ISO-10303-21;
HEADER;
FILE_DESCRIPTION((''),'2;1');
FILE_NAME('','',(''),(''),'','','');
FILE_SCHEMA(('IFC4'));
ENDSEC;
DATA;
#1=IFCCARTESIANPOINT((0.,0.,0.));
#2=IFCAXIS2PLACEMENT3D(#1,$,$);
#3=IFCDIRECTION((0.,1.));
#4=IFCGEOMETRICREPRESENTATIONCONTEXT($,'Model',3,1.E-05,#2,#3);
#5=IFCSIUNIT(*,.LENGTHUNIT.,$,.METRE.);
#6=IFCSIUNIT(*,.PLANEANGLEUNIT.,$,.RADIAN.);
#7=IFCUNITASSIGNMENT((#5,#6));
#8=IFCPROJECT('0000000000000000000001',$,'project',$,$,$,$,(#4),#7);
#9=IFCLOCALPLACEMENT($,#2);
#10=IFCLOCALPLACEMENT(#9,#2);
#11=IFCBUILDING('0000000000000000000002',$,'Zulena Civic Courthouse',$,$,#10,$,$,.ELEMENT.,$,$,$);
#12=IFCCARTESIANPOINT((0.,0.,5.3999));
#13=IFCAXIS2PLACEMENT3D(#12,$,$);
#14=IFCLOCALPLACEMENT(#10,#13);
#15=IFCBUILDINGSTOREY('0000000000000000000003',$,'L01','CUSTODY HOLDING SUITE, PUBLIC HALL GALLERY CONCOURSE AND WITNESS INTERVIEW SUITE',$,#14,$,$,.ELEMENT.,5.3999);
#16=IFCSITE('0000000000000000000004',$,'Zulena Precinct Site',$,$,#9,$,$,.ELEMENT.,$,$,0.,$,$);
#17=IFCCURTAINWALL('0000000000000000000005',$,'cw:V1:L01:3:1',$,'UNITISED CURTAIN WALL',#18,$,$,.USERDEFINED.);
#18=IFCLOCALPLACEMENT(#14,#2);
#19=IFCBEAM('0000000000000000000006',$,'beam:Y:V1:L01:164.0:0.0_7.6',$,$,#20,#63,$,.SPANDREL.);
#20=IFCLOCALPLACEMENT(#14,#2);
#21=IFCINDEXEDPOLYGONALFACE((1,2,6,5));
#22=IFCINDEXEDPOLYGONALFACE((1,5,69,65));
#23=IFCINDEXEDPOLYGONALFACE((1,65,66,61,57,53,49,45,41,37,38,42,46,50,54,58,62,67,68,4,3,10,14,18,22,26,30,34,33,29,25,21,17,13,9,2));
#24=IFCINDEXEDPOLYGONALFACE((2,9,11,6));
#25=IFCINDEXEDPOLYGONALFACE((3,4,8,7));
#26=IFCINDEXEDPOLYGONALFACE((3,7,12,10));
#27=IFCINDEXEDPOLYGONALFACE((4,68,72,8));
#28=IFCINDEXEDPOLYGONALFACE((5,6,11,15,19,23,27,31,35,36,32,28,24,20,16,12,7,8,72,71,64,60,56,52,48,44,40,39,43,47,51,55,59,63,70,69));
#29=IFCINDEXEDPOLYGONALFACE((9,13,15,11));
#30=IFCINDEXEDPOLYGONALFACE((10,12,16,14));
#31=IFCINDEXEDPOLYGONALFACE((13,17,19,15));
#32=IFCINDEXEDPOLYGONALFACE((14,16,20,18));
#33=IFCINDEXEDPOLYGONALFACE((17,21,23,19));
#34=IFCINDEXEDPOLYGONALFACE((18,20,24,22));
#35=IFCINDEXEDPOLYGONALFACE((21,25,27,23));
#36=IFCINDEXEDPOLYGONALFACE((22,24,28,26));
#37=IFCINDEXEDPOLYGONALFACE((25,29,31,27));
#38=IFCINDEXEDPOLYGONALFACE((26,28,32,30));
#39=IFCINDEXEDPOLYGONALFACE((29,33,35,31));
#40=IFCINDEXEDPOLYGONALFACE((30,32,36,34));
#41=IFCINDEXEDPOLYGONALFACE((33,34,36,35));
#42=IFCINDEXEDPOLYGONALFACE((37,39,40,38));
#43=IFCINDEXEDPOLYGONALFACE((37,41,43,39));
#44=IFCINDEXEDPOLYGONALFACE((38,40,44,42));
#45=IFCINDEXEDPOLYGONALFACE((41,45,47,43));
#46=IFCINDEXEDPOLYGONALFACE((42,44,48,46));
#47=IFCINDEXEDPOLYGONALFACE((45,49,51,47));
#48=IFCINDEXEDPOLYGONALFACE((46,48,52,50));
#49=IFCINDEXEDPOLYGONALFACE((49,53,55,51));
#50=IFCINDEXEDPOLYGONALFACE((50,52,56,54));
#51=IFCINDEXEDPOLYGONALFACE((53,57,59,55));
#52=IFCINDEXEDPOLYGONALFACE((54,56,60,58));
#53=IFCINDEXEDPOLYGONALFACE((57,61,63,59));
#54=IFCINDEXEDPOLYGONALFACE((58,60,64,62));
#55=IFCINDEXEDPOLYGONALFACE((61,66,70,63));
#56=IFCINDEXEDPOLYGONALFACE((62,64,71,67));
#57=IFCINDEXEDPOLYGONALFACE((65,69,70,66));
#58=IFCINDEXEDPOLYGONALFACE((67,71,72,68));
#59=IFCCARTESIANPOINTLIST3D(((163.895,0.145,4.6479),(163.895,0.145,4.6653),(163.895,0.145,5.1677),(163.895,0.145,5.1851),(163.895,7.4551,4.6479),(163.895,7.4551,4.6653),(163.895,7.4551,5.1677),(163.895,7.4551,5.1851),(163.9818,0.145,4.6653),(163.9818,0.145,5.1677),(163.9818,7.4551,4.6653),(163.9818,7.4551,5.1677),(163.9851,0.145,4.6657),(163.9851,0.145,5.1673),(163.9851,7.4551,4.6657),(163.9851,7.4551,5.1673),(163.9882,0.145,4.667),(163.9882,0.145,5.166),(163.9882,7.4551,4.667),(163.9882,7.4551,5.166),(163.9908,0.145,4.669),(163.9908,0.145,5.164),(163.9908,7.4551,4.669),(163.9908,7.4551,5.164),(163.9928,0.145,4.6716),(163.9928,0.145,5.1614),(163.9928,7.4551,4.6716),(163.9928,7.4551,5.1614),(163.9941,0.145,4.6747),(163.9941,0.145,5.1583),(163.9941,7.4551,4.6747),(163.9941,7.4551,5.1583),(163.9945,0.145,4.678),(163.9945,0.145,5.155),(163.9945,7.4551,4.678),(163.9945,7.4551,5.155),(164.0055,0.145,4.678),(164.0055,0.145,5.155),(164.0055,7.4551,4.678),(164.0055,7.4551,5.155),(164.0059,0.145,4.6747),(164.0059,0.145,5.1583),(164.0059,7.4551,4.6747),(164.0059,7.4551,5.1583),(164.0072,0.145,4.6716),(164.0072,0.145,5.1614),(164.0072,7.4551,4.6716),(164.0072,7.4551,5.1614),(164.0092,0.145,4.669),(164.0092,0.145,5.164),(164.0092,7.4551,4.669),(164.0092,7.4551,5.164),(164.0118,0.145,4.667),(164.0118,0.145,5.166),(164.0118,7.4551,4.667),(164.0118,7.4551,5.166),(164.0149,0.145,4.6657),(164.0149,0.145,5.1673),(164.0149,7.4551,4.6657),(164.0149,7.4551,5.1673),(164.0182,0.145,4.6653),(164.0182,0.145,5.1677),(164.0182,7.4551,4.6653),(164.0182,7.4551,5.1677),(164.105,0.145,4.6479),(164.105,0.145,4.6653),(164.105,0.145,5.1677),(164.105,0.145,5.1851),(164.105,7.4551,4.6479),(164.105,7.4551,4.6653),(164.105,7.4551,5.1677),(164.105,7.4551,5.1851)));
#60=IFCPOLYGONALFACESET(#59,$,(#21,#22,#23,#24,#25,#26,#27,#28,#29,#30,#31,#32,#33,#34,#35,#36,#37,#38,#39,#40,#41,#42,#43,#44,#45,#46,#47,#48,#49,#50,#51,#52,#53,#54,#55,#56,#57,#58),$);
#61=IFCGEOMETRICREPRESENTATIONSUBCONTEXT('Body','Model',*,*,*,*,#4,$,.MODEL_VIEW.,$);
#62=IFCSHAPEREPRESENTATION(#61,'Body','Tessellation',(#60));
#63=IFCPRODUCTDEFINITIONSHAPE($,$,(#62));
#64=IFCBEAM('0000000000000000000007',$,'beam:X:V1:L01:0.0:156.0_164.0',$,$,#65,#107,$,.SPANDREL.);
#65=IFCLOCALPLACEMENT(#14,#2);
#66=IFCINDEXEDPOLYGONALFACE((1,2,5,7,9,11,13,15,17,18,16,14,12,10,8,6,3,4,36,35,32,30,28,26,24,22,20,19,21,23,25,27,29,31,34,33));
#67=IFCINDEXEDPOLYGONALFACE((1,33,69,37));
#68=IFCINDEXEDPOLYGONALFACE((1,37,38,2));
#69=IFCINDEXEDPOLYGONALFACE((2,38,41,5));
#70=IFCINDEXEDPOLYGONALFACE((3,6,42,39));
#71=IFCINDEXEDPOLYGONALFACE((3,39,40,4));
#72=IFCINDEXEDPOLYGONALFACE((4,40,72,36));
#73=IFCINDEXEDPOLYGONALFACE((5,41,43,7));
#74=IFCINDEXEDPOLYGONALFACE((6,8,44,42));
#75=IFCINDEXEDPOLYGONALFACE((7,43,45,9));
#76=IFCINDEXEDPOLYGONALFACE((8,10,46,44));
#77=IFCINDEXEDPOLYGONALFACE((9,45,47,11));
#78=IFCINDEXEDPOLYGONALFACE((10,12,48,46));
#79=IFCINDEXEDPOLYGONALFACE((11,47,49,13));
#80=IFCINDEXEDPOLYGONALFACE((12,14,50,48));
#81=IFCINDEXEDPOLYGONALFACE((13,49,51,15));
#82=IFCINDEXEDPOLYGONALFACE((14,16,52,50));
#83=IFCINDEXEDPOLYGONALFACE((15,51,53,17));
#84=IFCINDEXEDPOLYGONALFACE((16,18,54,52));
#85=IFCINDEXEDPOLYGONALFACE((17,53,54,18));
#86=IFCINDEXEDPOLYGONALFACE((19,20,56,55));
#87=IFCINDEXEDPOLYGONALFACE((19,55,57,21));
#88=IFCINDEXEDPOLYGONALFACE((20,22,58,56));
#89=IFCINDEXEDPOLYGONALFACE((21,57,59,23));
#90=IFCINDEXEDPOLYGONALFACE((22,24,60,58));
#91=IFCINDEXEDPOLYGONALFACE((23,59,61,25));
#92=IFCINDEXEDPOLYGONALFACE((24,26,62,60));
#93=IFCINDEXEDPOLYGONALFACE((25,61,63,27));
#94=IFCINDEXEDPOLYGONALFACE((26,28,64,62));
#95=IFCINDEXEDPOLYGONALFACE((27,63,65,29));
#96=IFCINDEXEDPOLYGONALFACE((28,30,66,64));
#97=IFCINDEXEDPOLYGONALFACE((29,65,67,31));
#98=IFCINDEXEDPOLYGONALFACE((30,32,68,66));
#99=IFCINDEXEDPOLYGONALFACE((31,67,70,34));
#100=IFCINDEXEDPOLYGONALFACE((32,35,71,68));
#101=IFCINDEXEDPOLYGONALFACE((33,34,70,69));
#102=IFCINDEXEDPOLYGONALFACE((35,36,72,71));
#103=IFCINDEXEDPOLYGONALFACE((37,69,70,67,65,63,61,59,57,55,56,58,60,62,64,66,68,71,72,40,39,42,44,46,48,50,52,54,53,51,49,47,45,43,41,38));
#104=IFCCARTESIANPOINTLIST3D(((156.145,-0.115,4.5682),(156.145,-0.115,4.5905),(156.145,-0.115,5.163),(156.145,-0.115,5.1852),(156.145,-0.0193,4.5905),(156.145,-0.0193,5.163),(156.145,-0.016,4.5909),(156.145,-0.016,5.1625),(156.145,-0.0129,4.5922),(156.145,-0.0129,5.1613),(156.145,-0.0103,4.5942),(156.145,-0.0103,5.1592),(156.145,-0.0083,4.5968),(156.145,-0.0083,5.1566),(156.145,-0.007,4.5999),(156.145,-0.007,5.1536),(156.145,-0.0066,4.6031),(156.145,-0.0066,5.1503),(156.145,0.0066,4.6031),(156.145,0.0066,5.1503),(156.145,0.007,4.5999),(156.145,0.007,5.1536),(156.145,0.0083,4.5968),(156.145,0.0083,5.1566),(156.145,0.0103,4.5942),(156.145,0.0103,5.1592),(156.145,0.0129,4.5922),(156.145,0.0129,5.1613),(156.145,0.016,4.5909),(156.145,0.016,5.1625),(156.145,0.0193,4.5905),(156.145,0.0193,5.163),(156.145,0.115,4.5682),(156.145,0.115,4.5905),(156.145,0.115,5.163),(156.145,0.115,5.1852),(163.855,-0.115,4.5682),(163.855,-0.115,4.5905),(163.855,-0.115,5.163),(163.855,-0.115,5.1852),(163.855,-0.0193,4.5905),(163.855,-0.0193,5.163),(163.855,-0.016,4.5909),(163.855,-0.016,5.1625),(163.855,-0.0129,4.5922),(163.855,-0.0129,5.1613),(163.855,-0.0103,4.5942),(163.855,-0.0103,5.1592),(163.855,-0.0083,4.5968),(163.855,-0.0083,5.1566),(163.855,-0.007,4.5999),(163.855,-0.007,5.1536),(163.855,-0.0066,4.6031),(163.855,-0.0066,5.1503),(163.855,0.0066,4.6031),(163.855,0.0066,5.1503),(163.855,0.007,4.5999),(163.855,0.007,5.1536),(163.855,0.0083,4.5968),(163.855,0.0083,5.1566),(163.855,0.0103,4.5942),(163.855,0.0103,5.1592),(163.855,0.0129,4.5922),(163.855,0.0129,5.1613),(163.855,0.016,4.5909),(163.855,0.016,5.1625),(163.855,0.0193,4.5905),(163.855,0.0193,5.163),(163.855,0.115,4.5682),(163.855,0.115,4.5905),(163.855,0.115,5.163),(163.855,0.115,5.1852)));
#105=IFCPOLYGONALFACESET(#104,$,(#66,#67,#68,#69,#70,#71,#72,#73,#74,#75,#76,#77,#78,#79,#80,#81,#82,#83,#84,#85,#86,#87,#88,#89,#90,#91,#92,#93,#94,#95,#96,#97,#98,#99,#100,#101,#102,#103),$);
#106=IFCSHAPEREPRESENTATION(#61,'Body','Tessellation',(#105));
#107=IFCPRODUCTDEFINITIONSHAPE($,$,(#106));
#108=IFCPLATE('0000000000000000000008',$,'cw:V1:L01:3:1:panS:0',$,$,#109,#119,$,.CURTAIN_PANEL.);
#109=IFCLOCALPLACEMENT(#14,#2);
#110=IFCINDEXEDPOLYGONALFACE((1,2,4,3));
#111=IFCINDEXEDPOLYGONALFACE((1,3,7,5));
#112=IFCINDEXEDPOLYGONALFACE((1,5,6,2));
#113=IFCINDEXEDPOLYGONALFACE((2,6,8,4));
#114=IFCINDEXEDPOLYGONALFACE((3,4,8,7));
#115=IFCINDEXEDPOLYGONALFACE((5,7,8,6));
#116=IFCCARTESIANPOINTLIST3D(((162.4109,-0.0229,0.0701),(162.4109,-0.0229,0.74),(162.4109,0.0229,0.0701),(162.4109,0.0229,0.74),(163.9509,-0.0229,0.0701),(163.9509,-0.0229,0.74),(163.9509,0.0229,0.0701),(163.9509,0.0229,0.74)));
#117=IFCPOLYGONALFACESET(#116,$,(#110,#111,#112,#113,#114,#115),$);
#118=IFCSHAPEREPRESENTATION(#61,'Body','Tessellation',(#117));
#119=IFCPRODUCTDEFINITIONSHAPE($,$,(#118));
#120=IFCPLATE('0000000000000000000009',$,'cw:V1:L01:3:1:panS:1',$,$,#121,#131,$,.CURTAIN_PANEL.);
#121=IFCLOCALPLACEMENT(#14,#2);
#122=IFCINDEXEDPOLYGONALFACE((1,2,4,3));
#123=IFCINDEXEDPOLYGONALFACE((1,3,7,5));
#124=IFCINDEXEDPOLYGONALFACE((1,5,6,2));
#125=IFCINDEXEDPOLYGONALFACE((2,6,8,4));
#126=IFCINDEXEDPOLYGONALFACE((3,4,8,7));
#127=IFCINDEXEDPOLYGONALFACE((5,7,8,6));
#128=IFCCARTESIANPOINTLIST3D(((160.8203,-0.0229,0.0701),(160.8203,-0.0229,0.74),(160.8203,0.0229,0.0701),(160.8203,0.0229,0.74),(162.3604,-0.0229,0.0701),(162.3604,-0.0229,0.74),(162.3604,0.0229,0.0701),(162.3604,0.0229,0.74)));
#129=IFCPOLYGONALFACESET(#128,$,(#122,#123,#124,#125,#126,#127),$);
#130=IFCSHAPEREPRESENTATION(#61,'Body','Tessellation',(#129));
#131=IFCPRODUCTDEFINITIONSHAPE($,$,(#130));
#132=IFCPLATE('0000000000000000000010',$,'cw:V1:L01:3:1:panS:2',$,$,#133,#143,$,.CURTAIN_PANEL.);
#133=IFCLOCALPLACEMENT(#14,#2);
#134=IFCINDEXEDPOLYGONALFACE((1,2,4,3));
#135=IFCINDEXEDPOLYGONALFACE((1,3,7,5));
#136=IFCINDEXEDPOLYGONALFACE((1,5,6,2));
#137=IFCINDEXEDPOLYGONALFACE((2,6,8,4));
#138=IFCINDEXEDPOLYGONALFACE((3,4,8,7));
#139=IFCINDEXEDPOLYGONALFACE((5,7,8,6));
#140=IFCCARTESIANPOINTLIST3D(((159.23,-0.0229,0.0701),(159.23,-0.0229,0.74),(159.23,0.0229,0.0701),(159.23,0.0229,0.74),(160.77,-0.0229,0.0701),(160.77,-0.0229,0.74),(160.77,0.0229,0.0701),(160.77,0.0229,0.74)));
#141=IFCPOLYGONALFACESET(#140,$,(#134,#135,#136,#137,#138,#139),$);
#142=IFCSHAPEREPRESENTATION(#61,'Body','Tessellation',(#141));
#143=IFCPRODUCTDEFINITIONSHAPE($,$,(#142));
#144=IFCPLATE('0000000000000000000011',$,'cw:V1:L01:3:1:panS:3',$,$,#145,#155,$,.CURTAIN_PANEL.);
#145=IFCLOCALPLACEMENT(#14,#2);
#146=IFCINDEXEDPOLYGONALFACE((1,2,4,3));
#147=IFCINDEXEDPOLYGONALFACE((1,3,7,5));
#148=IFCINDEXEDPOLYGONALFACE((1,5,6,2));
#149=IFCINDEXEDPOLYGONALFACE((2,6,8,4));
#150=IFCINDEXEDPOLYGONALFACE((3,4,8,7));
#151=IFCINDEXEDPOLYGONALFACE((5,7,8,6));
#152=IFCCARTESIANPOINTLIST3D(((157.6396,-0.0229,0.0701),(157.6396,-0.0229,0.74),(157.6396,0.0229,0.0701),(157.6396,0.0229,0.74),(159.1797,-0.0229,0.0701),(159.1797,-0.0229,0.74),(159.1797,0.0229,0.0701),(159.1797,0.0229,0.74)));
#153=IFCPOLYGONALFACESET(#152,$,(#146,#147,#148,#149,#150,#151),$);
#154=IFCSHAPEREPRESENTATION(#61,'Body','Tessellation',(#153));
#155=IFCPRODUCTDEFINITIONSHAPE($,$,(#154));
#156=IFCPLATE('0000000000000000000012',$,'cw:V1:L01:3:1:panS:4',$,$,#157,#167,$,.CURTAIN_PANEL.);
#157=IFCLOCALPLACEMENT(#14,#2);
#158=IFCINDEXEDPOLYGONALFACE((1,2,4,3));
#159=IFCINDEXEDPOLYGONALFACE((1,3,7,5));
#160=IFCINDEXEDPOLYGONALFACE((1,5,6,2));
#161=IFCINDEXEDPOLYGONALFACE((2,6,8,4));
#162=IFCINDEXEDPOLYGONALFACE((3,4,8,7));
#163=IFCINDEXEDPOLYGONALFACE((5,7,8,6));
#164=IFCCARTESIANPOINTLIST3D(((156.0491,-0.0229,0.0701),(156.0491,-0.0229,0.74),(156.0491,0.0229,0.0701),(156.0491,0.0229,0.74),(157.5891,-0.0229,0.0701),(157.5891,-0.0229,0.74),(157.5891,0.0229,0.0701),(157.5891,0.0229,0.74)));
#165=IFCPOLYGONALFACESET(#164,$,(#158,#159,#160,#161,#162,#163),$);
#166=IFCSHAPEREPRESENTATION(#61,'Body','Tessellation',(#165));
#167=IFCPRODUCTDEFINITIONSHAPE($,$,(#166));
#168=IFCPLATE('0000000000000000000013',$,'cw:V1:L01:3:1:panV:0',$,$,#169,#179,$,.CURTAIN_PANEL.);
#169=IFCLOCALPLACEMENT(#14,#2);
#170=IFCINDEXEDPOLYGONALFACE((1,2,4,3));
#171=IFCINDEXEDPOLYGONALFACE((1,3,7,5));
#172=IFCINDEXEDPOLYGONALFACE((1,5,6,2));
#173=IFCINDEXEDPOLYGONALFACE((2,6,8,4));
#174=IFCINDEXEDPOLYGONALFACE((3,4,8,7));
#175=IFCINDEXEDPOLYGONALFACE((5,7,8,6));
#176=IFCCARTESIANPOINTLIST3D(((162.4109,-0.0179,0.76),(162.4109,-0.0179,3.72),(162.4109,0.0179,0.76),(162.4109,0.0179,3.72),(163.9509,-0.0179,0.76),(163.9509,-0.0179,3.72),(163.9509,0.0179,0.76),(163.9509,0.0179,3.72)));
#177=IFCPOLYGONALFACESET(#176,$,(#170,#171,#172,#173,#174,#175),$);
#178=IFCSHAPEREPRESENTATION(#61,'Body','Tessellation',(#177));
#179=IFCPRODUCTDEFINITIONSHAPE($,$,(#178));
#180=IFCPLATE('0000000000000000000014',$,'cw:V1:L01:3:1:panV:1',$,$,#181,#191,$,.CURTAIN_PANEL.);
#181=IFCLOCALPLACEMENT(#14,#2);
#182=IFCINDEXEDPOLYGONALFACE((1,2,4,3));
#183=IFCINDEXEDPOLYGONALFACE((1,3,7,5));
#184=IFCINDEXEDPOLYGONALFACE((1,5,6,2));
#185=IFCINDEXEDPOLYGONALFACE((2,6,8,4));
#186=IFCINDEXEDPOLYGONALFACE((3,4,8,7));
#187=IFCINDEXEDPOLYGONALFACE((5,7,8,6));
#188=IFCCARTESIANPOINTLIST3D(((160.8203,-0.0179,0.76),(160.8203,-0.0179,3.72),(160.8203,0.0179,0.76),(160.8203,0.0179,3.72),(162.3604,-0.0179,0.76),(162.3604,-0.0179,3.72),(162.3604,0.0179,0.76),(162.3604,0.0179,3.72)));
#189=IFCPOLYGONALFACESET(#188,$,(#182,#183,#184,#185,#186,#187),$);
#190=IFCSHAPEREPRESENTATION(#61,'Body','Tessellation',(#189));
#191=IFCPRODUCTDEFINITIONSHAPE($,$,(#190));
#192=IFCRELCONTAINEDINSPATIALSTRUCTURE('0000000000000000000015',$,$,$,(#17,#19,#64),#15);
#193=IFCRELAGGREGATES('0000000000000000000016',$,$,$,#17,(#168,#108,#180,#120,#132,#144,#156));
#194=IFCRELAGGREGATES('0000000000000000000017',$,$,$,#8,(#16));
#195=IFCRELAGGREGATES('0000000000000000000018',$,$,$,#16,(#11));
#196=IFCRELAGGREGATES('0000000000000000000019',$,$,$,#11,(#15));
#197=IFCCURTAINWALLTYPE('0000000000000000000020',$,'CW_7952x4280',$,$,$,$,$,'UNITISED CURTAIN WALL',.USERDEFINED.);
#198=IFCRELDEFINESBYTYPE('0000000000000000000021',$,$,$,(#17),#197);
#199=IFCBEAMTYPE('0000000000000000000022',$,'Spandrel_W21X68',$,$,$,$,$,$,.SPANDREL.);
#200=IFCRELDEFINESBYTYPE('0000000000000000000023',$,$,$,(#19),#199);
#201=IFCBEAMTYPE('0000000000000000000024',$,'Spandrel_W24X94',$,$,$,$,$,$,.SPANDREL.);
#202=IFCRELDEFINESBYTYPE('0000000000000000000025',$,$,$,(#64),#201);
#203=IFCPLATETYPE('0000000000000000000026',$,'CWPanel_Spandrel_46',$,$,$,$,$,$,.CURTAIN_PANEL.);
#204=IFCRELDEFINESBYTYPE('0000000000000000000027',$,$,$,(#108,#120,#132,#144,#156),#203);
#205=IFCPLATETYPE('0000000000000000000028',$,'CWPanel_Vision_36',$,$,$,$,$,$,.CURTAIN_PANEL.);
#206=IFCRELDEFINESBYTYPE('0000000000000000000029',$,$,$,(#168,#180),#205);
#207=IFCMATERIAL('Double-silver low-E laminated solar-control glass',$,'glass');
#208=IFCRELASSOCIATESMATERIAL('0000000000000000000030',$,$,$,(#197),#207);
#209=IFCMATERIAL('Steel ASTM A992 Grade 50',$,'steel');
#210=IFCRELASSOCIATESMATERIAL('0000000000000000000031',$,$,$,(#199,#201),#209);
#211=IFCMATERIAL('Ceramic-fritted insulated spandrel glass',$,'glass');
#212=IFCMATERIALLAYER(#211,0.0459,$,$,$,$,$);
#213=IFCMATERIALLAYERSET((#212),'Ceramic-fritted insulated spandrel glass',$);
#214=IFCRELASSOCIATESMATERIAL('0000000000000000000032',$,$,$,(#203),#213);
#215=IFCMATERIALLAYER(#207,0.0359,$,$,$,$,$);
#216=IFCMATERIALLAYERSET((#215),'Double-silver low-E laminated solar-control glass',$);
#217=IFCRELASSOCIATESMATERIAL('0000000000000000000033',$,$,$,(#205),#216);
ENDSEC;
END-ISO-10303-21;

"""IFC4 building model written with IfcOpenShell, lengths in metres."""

from ifc_helpers import new_model, si_unit, direction, frame, origin, origin_2d, place, context, subcontext, project, spatial, rectangle, i_section, extrude, material, layer, layer_set, material_profile, profile_set, type_object, element, aggregate, save


model = new_model("IFC4")

# Units and contexts
model_context = context("Model", 3, precision=1e-05, world=origin(), true_north=direction((0.0, 1.0)))
body_context = subcontext(model_context, "Body", "Model", "MODEL_VIEW")
ifc_project = project(units=[si_unit("LENGTHUNIT", "METRE"), si_unit("PLANEANGLEUNIT", "RADIAN")], contexts=[model_context])

# Site, building, storey
site_placement = place(None, origin())
site = spatial("IfcSite", under=ifc_project, at=site_placement, Name="Zulena Precinct Site", CompositionType="ELEMENT", RefElevation=0.0)
building_placement = place(site_placement, origin())
building = spatial("IfcBuilding", under=site, at=building_placement, Name="Zulena Civic Courthouse", CompositionType="ELEMENT")
storey_placement = place(building_placement, frame((0.0, 0.0, 5.3999)))
storey = spatial("IfcBuildingStorey", under=building, at=storey_placement, Name="L01", Description="CUSTODY HOLDING SUITE, PUBLIC HALL GALLERY CONCOURSE AND WITNESS INTERVIEW SUITE", CompositionType="ELEMENT", Elevation=5.3999)

# Shared definitions
ifc_material_1 = material(Name="Steel ASTM A992 Grade 50", Category="steel")

# Curtain wall
ifc_material_2 = material(Name="Double-silver low-E laminated solar-control glass", Category="glass")
curtain_wall_type = type_object("IfcCurtainWallType", Name="CW_7952x4280", ElementType="UNITISED CURTAIN WALL", PredefinedType="USERDEFINED", material=ifc_material_2)
curtain_wall_placement = place(storey_placement, origin())
curtain_wall = element("IfcCurtainWall", 1, at=curtain_wall_placement, inside=storey, type_object=curtain_wall_type, Name="cw:V1:L01:3:1", ObjectType="UNITISED CURTAIN WALL", PredefinedType="USERDEFINED")

# Beams
ifc_material_profile_1 = material_profile(ifc_material_1, i_section(OverallWidth=0.21, OverallDepth=0.5371, WebThickness=0.011, FlangeThickness=0.0173, FilletRadius=0.0127, at=origin_2d()), Name="W21X68")
ifc_profile_set_1 = profile_set([ifc_material_profile_1], Name="Steel ASTM A992 Grade 50")
beam_type_1 = type_object("IfcBeamType", Name="Spandrel_W21X68", PredefinedType="SPANDREL", material=ifc_profile_set_1)
beam_1_placement = place(storey_placement, frame((164.0, 0.145, 4.9165), z_axis=(0.0, 1.0, 0.0), x_axis=(-1.0, 0.0, 0.0)))
element("IfcBeam", 2, at=beam_1_placement, inside=storey, type_object=beam_type_1, Name="beam:Y:V1:L01:164.0:0.0_7.6", PredefinedType="SPANDREL", context=body_context, shape_type="SweptSolid", body=[
    extrude(i_section(OverallWidth=0.21, OverallDepth=0.5371, WebThickness=0.011, FlangeThickness=0.0173, FilletRadius=0.0127, at=origin_2d()), origin(), (0.0, 0.0, 1.0), 7.3101),
])
ifc_material_profile_2 = material_profile(ifc_material_1, i_section(OverallWidth=0.23, OverallDepth=0.6169, WebThickness=0.0132, FlangeThickness=0.0222, FilletRadius=0.0127, at=origin_2d()), Name="W24X94")
ifc_profile_set_2 = profile_set([ifc_material_profile_2], Name="Steel ASTM A992 Grade 50")
beam_type_2 = type_object("IfcBeamType", Name="Spandrel_W24X94", PredefinedType="SPANDREL", material=ifc_profile_set_2)
beam_2_placement = place(storey_placement, frame((156.145, 0.0, 4.8767), z_axis=(1.0, 0.0, 0.0), x_axis=(0.0, 1.0, 0.0)))
element("IfcBeam", 3, at=beam_2_placement, inside=storey, type_object=beam_type_2, Name="beam:X:V1:L01:0.0:156.0_164.0", PredefinedType="SPANDREL", context=body_context, shape_type="SweptSolid", body=[
    extrude(i_section(OverallWidth=0.23, OverallDepth=0.6169, WebThickness=0.0132, FlangeThickness=0.0222, FilletRadius=0.0127, at=origin_2d()), origin(), (0.0, 0.0, 1.0), 7.71),
])

# Plates
ifc_material_3 = material(Name="Ceramic-fritted insulated spandrel glass", Category="glass")
ifc_layer_1 = layer(ifc_material_3, 0.0459)
ifc_layer_set_1 = layer_set([ifc_layer_1], Name="Ceramic-fritted insulated spandrel glass")
plate_type_1 = type_object("IfcPlateType", Name="CWPanel_Spandrel_46", PredefinedType="CURTAIN_PANEL", material=ifc_layer_set_1)
plate_1_placement = place(storey_placement, frame((163.1809, 0.0, 0.0701), z_axis=(0.0, 0.0, 1.0), x_axis=(-1.0, 0.0, 0.0)))
plate_1 = element("IfcPlate", 4, at=plate_1_placement, type_object=plate_type_1, Name="cw:V1:L01:3:1:panS:0", PredefinedType="CURTAIN_PANEL", context=body_context, shape_type="SweptSolid", body=[
    extrude(rectangle(XDim=1.54, YDim=0.0459, at=origin_2d()), origin(), (0.0, 0.0, 1.0), 0.6699),
])
plate_2_placement = place(storey_placement, frame((161.5903, 0.0, 0.0701), z_axis=(0.0, 0.0, 1.0), x_axis=(-1.0, 0.0, 0.0)))
plate_2 = element("IfcPlate", 5, at=plate_2_placement, type_object=plate_type_1, Name="cw:V1:L01:3:1:panS:1", PredefinedType="CURTAIN_PANEL", context=body_context, shape_type="SweptSolid", body=[
    extrude(rectangle(XDim=1.54, YDim=0.0459, at=origin_2d()), origin(), (0.0, 0.0, 1.0), 0.6699),
])
plate_3_placement = place(storey_placement, frame((160.0, 0.0, 0.0701), z_axis=(0.0, 0.0, 1.0), x_axis=(-1.0, 0.0, 0.0)))
plate_3 = element("IfcPlate", 6, at=plate_3_placement, type_object=plate_type_1, Name="cw:V1:L01:3:1:panS:2", PredefinedType="CURTAIN_PANEL", context=body_context, shape_type="SweptSolid", body=[
    extrude(rectangle(XDim=1.54, YDim=0.0459, at=origin_2d()), origin(), (0.0, 0.0, 1.0), 0.6699),
])
plate_4_placement = place(storey_placement, frame((158.4097, 0.0, 0.0701), z_axis=(0.0, 0.0, 1.0), x_axis=(-1.0, 0.0, 0.0)))
plate_4 = element("IfcPlate", 7, at=plate_4_placement, type_object=plate_type_1, Name="cw:V1:L01:3:1:panS:3", PredefinedType="CURTAIN_PANEL", context=body_context, shape_type="SweptSolid", body=[
    extrude(rectangle(XDim=1.54, YDim=0.0459, at=origin_2d()), origin(), (0.0, 0.0, 1.0), 0.6699),
])
plate_5_placement = place(storey_placement, frame((156.8191, 0.0, 0.0701), z_axis=(0.0, 0.0, 1.0), x_axis=(-1.0, 0.0, 0.0)))
plate_5 = element("IfcPlate", 8, at=plate_5_placement, type_object=plate_type_1, Name="cw:V1:L01:3:1:panS:4", PredefinedType="CURTAIN_PANEL", context=body_context, shape_type="SweptSolid", body=[
    extrude(rectangle(XDim=1.54, YDim=0.0459, at=origin_2d()), origin(), (0.0, 0.0, 1.0), 0.6699),
])
ifc_layer_2 = layer(ifc_material_2, 0.0359)
ifc_layer_set_2 = layer_set([ifc_layer_2], Name="Double-silver low-E laminated solar-control glass")
plate_type_2 = type_object("IfcPlateType", Name="CWPanel_Vision_36", PredefinedType="CURTAIN_PANEL", material=ifc_layer_set_2)
plate_6_placement = place(storey_placement, frame((163.1809, 0.0, 0.76), z_axis=(0.0, 0.0, 1.0), x_axis=(-1.0, 0.0, 0.0)))
plate_6 = element("IfcPlate", 9, at=plate_6_placement, type_object=plate_type_2, Name="cw:V1:L01:3:1:panV:0", PredefinedType="CURTAIN_PANEL", context=body_context, shape_type="SweptSolid", body=[
    extrude(rectangle(XDim=1.54, YDim=0.0359, at=origin_2d()), origin(), (0.0, 0.0, 1.0), 2.96),
])
plate_7_placement = place(storey_placement, frame((161.5903, 0.0, 0.76), z_axis=(0.0, 0.0, 1.0), x_axis=(-1.0, 0.0, 0.0)))
plate_7 = element("IfcPlate", 10, at=plate_7_placement, type_object=plate_type_2, Name="cw:V1:L01:3:1:panV:1", PredefinedType="CURTAIN_PANEL", context=body_context, shape_type="SweptSolid", body=[
    extrude(rectangle(XDim=1.54, YDim=0.0359, at=origin_2d()), origin(), (0.0, 0.0, 1.0), 2.96),
])
aggregate(curtain_wall, [plate_6, plate_1, plate_7, plate_2, plate_3, plate_4, plate_5])

save(model, "model.ifc")
